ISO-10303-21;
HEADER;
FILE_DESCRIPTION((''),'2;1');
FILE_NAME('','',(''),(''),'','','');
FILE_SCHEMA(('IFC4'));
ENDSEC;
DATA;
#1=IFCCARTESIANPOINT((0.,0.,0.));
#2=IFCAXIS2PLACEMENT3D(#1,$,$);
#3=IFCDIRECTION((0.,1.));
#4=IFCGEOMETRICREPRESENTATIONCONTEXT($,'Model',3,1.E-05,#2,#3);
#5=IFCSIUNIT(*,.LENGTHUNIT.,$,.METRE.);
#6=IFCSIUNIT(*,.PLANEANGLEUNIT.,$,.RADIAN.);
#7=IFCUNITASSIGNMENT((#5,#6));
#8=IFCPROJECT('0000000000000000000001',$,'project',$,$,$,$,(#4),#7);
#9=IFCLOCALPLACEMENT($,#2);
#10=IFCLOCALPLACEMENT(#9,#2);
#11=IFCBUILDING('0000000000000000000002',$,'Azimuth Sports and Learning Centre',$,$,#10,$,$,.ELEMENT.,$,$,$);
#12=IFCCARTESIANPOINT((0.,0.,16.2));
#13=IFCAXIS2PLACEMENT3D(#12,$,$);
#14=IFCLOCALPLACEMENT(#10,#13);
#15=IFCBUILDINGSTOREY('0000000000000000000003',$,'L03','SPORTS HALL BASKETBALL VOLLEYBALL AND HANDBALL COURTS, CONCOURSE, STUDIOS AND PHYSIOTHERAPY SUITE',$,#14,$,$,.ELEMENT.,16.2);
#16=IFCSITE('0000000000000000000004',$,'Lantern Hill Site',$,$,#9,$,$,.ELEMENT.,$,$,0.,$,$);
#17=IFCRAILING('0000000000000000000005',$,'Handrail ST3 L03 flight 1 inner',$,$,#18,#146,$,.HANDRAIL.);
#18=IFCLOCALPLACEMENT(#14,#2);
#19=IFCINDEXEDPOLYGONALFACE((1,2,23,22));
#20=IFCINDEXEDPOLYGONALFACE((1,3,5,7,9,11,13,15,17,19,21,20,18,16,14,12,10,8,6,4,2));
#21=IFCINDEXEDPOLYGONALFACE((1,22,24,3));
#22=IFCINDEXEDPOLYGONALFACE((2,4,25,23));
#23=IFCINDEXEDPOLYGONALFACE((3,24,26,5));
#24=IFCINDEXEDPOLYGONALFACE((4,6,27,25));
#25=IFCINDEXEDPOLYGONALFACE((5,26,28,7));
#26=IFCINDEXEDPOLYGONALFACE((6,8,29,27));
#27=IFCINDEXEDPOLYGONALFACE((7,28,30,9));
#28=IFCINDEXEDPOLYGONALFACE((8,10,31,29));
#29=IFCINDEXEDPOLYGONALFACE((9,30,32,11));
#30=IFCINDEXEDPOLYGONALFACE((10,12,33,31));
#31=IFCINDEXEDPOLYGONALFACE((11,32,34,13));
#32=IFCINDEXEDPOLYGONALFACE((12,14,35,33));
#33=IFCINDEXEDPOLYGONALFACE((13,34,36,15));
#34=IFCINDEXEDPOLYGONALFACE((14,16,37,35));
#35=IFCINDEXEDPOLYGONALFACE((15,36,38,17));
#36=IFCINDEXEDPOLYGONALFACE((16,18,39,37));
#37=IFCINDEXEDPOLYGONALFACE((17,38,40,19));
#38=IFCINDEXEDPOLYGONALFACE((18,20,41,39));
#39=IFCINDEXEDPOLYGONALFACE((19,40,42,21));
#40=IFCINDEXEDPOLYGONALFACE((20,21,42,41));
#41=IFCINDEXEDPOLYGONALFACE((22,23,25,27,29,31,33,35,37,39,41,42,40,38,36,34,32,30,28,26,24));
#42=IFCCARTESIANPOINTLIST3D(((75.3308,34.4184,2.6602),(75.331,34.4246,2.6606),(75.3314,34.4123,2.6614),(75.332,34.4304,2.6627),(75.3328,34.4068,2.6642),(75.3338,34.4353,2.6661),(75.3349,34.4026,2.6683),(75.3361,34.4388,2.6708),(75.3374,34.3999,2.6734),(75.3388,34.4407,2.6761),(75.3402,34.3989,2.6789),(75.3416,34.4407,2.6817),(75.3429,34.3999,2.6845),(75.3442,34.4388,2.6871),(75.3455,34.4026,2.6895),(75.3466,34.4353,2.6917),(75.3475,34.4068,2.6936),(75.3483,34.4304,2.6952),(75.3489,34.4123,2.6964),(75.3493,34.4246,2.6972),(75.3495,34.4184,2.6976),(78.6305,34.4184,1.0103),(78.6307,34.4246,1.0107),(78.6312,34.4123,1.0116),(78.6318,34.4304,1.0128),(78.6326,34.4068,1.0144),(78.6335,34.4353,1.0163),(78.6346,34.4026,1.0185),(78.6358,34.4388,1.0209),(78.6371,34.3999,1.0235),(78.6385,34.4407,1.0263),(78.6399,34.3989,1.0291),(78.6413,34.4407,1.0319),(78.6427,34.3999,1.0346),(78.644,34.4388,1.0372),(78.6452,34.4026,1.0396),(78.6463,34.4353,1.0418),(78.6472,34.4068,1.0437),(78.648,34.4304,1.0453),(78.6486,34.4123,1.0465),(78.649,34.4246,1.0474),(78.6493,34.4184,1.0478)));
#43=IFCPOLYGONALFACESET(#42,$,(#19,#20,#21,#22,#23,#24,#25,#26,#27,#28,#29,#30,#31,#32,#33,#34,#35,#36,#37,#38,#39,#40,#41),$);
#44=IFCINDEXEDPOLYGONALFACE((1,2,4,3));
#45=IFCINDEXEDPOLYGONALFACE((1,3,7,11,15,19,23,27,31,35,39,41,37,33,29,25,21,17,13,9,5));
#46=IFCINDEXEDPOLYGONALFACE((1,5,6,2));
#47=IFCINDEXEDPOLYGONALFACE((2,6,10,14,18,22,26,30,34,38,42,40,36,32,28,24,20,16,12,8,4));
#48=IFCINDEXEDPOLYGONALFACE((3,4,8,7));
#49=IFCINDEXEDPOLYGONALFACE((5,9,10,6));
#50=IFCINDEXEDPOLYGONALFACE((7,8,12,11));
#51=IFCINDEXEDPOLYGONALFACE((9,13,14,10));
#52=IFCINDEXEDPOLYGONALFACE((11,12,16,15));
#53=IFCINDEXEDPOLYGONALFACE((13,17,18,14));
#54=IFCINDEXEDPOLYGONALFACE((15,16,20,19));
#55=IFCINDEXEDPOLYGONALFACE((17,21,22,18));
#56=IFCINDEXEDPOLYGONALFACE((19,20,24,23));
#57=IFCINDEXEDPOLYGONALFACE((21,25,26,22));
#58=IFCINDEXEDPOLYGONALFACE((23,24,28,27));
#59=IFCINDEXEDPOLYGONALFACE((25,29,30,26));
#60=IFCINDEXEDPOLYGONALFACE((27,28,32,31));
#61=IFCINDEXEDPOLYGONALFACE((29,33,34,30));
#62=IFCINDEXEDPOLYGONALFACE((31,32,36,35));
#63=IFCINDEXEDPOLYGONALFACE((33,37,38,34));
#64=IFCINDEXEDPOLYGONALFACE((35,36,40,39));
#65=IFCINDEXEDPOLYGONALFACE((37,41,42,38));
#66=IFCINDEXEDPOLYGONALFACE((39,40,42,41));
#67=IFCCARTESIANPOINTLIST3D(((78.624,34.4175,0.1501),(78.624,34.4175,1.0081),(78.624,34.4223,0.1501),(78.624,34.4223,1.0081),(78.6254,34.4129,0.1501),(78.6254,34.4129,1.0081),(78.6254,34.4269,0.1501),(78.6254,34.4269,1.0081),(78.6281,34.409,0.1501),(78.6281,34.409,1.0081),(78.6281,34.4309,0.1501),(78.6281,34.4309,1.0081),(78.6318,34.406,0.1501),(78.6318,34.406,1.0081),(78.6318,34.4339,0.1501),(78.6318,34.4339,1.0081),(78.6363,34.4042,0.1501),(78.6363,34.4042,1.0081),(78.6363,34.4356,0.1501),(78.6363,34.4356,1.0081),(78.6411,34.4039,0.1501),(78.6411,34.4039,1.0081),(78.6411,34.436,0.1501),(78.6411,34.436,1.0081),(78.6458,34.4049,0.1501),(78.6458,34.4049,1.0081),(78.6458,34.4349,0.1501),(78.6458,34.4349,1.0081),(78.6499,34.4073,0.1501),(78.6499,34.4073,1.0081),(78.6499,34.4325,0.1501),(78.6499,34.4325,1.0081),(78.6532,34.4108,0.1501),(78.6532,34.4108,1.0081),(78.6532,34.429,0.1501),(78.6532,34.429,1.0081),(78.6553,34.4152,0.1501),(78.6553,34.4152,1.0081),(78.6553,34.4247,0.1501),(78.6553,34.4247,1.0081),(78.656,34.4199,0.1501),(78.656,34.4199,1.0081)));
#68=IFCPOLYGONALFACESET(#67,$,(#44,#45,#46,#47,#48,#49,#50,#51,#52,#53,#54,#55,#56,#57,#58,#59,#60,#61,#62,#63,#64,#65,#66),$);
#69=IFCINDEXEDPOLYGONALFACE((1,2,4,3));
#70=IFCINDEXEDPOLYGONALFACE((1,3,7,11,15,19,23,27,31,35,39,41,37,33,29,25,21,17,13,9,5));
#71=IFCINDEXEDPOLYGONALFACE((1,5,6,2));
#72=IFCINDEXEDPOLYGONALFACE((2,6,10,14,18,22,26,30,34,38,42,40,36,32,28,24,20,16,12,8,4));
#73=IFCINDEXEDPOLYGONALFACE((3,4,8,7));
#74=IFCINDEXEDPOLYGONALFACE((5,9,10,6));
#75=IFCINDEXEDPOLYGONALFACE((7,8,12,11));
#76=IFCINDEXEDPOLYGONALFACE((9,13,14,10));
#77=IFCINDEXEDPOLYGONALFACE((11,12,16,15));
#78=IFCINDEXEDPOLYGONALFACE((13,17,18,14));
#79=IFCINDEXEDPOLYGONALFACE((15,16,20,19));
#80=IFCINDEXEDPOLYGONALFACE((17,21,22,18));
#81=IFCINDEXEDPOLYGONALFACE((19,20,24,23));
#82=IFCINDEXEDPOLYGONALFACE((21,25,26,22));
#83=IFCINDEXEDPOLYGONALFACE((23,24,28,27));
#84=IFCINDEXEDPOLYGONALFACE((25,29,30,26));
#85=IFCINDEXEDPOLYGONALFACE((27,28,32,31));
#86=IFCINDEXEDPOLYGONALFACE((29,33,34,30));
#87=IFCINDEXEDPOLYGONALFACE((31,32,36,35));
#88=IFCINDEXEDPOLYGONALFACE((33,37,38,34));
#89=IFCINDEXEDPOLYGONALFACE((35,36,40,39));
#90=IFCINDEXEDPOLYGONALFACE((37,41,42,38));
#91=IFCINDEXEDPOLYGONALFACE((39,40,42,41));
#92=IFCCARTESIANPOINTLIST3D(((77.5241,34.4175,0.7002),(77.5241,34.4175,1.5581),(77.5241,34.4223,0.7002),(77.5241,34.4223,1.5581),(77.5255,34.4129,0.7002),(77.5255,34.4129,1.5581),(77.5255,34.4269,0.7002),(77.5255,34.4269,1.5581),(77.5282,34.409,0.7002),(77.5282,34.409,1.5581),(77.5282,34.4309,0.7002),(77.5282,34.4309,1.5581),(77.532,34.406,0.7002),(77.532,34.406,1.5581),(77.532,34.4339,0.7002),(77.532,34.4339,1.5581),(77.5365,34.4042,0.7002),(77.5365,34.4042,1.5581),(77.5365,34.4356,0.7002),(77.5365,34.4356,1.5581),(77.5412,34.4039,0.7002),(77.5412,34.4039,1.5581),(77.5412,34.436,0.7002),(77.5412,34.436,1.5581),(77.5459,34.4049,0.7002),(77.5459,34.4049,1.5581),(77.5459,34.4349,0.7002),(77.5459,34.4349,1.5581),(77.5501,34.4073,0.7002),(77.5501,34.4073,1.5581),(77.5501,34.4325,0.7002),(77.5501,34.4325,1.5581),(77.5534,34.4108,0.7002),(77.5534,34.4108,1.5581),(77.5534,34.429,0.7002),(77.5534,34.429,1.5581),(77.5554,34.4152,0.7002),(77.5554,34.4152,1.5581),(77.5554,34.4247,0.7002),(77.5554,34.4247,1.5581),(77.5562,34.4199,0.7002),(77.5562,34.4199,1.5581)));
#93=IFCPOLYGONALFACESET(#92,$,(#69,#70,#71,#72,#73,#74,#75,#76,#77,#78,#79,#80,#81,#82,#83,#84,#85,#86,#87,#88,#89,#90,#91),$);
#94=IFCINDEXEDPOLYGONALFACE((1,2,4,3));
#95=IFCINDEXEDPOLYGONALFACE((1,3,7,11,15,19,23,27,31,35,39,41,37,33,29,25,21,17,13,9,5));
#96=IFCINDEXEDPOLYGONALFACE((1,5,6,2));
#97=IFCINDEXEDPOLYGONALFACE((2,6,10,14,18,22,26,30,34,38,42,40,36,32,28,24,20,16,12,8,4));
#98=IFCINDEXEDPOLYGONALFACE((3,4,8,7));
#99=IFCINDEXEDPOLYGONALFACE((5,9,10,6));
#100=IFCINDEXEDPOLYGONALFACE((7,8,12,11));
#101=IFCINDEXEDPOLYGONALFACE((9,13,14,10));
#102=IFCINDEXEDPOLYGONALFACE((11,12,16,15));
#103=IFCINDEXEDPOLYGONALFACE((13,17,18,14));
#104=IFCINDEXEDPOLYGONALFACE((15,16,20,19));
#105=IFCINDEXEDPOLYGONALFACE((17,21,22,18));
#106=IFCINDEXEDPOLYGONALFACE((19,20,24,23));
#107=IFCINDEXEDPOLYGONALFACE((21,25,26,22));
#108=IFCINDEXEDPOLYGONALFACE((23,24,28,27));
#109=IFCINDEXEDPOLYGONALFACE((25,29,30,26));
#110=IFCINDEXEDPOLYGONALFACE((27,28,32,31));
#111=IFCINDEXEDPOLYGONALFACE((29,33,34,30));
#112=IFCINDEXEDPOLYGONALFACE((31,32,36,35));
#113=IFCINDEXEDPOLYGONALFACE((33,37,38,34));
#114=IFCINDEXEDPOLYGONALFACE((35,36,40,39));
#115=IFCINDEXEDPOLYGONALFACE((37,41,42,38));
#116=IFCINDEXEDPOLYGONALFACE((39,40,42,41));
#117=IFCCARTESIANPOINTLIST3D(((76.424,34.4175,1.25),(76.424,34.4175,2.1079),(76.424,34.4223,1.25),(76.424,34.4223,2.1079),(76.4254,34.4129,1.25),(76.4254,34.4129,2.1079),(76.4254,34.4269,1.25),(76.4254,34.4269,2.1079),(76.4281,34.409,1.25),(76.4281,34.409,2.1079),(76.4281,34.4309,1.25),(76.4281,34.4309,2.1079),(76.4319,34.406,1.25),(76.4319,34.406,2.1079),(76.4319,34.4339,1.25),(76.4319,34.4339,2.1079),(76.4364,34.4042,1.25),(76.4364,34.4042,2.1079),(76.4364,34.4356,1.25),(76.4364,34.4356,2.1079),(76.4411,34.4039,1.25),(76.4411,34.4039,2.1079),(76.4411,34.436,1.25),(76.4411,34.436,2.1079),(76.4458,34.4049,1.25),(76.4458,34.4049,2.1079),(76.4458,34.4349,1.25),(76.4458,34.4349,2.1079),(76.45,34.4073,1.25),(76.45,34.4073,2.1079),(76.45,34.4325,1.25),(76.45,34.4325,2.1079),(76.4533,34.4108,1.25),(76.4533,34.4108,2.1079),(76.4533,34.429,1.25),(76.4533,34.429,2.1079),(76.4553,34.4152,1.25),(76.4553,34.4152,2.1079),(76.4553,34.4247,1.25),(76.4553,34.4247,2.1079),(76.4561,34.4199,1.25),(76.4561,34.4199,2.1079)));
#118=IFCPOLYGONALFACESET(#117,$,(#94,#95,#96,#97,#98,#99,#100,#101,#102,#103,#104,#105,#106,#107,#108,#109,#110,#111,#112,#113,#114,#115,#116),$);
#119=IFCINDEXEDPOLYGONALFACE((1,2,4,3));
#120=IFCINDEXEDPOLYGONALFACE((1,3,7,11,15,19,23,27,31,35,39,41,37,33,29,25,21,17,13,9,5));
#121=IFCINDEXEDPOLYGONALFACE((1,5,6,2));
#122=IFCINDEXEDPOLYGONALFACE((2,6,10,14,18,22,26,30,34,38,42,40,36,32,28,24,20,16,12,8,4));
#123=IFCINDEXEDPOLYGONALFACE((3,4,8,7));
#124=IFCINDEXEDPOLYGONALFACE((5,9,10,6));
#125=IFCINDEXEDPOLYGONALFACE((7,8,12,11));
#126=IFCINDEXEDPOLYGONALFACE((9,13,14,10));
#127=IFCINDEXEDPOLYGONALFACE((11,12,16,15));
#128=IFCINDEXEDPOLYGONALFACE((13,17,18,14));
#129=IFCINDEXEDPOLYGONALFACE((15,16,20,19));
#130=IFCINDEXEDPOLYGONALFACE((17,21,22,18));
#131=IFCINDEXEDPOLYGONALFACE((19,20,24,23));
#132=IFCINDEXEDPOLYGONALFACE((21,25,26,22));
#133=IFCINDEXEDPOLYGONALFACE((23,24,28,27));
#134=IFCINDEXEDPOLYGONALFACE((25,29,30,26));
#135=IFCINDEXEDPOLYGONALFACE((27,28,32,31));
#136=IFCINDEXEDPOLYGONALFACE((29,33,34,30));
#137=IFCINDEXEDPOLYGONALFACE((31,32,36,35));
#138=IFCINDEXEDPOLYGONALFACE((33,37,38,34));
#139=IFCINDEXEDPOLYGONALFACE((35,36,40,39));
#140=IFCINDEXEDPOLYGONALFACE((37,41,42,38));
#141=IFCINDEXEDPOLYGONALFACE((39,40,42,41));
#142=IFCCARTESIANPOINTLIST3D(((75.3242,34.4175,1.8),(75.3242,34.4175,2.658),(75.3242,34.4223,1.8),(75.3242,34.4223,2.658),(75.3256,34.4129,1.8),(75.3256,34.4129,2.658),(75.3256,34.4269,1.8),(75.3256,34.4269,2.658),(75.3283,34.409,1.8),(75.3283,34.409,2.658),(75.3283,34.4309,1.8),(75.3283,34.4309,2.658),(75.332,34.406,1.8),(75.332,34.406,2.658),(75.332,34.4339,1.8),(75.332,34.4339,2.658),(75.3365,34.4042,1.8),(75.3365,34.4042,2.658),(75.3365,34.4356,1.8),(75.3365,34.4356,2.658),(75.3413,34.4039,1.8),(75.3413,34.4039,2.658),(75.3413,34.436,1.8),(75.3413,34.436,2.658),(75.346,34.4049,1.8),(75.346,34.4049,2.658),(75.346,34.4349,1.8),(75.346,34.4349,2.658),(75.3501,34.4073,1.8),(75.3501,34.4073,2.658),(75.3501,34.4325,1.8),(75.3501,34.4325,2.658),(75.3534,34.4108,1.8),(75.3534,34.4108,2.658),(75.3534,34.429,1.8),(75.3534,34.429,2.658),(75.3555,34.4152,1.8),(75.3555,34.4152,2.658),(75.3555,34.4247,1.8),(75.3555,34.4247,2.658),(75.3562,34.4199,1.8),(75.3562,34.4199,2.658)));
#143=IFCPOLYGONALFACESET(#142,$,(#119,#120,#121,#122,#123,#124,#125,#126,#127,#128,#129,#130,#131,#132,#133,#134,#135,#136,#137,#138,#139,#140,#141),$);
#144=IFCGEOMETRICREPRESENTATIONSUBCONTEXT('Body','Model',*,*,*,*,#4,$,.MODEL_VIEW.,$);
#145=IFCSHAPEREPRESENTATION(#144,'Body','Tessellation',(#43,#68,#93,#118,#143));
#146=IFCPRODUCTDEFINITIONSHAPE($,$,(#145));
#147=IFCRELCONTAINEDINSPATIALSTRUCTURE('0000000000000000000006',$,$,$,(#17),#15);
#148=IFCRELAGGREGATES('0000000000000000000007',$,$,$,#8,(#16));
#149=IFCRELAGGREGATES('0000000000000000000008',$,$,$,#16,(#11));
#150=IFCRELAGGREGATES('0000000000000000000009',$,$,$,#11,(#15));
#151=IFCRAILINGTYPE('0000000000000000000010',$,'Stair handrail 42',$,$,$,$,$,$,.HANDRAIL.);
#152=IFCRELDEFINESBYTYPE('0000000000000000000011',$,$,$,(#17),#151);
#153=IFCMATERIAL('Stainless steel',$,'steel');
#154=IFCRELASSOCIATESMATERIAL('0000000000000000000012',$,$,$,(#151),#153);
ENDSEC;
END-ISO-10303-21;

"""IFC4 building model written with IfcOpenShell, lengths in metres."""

from ifc_helpers import new_model, si_unit, direction, frame, origin, origin_2d, place, context, subcontext, project, spatial, circle, extrude, material, type_object, element, save


model = new_model("IFC4")

# Units and contexts
model_context = context("Model", 3, precision=1e-05, world=origin(), true_north=direction((0.0, 1.0)))
body_context = subcontext(model_context, "Body", "Model", "MODEL_VIEW")
ifc_project = project(units=[si_unit("LENGTHUNIT", "METRE"), si_unit("PLANEANGLEUNIT", "RADIAN")], contexts=[model_context])

# Site, building, storey
site_placement = place(None, origin())
site = spatial("IfcSite", under=ifc_project, at=site_placement, Name="Lantern Hill Site", CompositionType="ELEMENT", RefElevation=0.0)
building_placement = place(site_placement, origin())
building = spatial("IfcBuilding", under=site, at=building_placement, Name="Azimuth Sports and Learning Centre", CompositionType="ELEMENT")
storey_placement = place(building_placement, frame((0.0, 0.0, 16.2)))
storey = spatial("IfcBuildingStorey", under=building, at=storey_placement, Name="L03", Description="SPORTS HALL BASKETBALL VOLLEYBALL AND HANDBALL COURTS, CONCOURSE, STUDIOS AND PHYSIOTHERAPY SUITE", CompositionType="ELEMENT", Elevation=16.2)

# Railing
ifc_material_1 = material(Name="Stainless steel", Category="steel")
railing_type = type_object("IfcRailingType", Name="Stair handrail 42", PredefinedType="HANDRAIL", material=ifc_material_1)
for number, where, name in (
    (1, (78.6399, 34.4199, 0.1501), "Handrail ST3 L03 flight 1 inner"),
):
    element("IfcRailing", number, at=place(storey_placement, frame(where)), inside=storey, type_object=railing_type, Name=name, PredefinedType="HANDRAIL", context=body_context, shape_type="SweptSolid", body=[
        extrude(circle(Radius=0.021, at=origin_2d()), frame((0.0, 0.0, 0.8789), z_axis=(-0.894427, 0.0, 0.447214), x_axis=(0.0, -1.0, 0.0)), (0.0, 0.0, 1.0), 3.6892),
        extrude(circle(Radius=0.0161, at=origin_2d()), origin(), (0.0, 0.0, 1.0), 0.8579),
        extrude(circle(Radius=0.0161, at=origin_2d()), frame((-1.0999, 0.0, 0.55)), (0.0, 0.0, 1.0), 0.8579),
        extrude(circle(Radius=0.0161, at=origin_2d()), frame((-2.2, 0.0, 1.0999)), (0.0, 0.0, 1.0), 0.8579),
        extrude(circle(Radius=0.0161, at=origin_2d()), frame((-3.2998, 0.0, 1.6499)), (0.0, 0.0, 1.0), 0.8579),
    ])

save(model, "model.ifc")
